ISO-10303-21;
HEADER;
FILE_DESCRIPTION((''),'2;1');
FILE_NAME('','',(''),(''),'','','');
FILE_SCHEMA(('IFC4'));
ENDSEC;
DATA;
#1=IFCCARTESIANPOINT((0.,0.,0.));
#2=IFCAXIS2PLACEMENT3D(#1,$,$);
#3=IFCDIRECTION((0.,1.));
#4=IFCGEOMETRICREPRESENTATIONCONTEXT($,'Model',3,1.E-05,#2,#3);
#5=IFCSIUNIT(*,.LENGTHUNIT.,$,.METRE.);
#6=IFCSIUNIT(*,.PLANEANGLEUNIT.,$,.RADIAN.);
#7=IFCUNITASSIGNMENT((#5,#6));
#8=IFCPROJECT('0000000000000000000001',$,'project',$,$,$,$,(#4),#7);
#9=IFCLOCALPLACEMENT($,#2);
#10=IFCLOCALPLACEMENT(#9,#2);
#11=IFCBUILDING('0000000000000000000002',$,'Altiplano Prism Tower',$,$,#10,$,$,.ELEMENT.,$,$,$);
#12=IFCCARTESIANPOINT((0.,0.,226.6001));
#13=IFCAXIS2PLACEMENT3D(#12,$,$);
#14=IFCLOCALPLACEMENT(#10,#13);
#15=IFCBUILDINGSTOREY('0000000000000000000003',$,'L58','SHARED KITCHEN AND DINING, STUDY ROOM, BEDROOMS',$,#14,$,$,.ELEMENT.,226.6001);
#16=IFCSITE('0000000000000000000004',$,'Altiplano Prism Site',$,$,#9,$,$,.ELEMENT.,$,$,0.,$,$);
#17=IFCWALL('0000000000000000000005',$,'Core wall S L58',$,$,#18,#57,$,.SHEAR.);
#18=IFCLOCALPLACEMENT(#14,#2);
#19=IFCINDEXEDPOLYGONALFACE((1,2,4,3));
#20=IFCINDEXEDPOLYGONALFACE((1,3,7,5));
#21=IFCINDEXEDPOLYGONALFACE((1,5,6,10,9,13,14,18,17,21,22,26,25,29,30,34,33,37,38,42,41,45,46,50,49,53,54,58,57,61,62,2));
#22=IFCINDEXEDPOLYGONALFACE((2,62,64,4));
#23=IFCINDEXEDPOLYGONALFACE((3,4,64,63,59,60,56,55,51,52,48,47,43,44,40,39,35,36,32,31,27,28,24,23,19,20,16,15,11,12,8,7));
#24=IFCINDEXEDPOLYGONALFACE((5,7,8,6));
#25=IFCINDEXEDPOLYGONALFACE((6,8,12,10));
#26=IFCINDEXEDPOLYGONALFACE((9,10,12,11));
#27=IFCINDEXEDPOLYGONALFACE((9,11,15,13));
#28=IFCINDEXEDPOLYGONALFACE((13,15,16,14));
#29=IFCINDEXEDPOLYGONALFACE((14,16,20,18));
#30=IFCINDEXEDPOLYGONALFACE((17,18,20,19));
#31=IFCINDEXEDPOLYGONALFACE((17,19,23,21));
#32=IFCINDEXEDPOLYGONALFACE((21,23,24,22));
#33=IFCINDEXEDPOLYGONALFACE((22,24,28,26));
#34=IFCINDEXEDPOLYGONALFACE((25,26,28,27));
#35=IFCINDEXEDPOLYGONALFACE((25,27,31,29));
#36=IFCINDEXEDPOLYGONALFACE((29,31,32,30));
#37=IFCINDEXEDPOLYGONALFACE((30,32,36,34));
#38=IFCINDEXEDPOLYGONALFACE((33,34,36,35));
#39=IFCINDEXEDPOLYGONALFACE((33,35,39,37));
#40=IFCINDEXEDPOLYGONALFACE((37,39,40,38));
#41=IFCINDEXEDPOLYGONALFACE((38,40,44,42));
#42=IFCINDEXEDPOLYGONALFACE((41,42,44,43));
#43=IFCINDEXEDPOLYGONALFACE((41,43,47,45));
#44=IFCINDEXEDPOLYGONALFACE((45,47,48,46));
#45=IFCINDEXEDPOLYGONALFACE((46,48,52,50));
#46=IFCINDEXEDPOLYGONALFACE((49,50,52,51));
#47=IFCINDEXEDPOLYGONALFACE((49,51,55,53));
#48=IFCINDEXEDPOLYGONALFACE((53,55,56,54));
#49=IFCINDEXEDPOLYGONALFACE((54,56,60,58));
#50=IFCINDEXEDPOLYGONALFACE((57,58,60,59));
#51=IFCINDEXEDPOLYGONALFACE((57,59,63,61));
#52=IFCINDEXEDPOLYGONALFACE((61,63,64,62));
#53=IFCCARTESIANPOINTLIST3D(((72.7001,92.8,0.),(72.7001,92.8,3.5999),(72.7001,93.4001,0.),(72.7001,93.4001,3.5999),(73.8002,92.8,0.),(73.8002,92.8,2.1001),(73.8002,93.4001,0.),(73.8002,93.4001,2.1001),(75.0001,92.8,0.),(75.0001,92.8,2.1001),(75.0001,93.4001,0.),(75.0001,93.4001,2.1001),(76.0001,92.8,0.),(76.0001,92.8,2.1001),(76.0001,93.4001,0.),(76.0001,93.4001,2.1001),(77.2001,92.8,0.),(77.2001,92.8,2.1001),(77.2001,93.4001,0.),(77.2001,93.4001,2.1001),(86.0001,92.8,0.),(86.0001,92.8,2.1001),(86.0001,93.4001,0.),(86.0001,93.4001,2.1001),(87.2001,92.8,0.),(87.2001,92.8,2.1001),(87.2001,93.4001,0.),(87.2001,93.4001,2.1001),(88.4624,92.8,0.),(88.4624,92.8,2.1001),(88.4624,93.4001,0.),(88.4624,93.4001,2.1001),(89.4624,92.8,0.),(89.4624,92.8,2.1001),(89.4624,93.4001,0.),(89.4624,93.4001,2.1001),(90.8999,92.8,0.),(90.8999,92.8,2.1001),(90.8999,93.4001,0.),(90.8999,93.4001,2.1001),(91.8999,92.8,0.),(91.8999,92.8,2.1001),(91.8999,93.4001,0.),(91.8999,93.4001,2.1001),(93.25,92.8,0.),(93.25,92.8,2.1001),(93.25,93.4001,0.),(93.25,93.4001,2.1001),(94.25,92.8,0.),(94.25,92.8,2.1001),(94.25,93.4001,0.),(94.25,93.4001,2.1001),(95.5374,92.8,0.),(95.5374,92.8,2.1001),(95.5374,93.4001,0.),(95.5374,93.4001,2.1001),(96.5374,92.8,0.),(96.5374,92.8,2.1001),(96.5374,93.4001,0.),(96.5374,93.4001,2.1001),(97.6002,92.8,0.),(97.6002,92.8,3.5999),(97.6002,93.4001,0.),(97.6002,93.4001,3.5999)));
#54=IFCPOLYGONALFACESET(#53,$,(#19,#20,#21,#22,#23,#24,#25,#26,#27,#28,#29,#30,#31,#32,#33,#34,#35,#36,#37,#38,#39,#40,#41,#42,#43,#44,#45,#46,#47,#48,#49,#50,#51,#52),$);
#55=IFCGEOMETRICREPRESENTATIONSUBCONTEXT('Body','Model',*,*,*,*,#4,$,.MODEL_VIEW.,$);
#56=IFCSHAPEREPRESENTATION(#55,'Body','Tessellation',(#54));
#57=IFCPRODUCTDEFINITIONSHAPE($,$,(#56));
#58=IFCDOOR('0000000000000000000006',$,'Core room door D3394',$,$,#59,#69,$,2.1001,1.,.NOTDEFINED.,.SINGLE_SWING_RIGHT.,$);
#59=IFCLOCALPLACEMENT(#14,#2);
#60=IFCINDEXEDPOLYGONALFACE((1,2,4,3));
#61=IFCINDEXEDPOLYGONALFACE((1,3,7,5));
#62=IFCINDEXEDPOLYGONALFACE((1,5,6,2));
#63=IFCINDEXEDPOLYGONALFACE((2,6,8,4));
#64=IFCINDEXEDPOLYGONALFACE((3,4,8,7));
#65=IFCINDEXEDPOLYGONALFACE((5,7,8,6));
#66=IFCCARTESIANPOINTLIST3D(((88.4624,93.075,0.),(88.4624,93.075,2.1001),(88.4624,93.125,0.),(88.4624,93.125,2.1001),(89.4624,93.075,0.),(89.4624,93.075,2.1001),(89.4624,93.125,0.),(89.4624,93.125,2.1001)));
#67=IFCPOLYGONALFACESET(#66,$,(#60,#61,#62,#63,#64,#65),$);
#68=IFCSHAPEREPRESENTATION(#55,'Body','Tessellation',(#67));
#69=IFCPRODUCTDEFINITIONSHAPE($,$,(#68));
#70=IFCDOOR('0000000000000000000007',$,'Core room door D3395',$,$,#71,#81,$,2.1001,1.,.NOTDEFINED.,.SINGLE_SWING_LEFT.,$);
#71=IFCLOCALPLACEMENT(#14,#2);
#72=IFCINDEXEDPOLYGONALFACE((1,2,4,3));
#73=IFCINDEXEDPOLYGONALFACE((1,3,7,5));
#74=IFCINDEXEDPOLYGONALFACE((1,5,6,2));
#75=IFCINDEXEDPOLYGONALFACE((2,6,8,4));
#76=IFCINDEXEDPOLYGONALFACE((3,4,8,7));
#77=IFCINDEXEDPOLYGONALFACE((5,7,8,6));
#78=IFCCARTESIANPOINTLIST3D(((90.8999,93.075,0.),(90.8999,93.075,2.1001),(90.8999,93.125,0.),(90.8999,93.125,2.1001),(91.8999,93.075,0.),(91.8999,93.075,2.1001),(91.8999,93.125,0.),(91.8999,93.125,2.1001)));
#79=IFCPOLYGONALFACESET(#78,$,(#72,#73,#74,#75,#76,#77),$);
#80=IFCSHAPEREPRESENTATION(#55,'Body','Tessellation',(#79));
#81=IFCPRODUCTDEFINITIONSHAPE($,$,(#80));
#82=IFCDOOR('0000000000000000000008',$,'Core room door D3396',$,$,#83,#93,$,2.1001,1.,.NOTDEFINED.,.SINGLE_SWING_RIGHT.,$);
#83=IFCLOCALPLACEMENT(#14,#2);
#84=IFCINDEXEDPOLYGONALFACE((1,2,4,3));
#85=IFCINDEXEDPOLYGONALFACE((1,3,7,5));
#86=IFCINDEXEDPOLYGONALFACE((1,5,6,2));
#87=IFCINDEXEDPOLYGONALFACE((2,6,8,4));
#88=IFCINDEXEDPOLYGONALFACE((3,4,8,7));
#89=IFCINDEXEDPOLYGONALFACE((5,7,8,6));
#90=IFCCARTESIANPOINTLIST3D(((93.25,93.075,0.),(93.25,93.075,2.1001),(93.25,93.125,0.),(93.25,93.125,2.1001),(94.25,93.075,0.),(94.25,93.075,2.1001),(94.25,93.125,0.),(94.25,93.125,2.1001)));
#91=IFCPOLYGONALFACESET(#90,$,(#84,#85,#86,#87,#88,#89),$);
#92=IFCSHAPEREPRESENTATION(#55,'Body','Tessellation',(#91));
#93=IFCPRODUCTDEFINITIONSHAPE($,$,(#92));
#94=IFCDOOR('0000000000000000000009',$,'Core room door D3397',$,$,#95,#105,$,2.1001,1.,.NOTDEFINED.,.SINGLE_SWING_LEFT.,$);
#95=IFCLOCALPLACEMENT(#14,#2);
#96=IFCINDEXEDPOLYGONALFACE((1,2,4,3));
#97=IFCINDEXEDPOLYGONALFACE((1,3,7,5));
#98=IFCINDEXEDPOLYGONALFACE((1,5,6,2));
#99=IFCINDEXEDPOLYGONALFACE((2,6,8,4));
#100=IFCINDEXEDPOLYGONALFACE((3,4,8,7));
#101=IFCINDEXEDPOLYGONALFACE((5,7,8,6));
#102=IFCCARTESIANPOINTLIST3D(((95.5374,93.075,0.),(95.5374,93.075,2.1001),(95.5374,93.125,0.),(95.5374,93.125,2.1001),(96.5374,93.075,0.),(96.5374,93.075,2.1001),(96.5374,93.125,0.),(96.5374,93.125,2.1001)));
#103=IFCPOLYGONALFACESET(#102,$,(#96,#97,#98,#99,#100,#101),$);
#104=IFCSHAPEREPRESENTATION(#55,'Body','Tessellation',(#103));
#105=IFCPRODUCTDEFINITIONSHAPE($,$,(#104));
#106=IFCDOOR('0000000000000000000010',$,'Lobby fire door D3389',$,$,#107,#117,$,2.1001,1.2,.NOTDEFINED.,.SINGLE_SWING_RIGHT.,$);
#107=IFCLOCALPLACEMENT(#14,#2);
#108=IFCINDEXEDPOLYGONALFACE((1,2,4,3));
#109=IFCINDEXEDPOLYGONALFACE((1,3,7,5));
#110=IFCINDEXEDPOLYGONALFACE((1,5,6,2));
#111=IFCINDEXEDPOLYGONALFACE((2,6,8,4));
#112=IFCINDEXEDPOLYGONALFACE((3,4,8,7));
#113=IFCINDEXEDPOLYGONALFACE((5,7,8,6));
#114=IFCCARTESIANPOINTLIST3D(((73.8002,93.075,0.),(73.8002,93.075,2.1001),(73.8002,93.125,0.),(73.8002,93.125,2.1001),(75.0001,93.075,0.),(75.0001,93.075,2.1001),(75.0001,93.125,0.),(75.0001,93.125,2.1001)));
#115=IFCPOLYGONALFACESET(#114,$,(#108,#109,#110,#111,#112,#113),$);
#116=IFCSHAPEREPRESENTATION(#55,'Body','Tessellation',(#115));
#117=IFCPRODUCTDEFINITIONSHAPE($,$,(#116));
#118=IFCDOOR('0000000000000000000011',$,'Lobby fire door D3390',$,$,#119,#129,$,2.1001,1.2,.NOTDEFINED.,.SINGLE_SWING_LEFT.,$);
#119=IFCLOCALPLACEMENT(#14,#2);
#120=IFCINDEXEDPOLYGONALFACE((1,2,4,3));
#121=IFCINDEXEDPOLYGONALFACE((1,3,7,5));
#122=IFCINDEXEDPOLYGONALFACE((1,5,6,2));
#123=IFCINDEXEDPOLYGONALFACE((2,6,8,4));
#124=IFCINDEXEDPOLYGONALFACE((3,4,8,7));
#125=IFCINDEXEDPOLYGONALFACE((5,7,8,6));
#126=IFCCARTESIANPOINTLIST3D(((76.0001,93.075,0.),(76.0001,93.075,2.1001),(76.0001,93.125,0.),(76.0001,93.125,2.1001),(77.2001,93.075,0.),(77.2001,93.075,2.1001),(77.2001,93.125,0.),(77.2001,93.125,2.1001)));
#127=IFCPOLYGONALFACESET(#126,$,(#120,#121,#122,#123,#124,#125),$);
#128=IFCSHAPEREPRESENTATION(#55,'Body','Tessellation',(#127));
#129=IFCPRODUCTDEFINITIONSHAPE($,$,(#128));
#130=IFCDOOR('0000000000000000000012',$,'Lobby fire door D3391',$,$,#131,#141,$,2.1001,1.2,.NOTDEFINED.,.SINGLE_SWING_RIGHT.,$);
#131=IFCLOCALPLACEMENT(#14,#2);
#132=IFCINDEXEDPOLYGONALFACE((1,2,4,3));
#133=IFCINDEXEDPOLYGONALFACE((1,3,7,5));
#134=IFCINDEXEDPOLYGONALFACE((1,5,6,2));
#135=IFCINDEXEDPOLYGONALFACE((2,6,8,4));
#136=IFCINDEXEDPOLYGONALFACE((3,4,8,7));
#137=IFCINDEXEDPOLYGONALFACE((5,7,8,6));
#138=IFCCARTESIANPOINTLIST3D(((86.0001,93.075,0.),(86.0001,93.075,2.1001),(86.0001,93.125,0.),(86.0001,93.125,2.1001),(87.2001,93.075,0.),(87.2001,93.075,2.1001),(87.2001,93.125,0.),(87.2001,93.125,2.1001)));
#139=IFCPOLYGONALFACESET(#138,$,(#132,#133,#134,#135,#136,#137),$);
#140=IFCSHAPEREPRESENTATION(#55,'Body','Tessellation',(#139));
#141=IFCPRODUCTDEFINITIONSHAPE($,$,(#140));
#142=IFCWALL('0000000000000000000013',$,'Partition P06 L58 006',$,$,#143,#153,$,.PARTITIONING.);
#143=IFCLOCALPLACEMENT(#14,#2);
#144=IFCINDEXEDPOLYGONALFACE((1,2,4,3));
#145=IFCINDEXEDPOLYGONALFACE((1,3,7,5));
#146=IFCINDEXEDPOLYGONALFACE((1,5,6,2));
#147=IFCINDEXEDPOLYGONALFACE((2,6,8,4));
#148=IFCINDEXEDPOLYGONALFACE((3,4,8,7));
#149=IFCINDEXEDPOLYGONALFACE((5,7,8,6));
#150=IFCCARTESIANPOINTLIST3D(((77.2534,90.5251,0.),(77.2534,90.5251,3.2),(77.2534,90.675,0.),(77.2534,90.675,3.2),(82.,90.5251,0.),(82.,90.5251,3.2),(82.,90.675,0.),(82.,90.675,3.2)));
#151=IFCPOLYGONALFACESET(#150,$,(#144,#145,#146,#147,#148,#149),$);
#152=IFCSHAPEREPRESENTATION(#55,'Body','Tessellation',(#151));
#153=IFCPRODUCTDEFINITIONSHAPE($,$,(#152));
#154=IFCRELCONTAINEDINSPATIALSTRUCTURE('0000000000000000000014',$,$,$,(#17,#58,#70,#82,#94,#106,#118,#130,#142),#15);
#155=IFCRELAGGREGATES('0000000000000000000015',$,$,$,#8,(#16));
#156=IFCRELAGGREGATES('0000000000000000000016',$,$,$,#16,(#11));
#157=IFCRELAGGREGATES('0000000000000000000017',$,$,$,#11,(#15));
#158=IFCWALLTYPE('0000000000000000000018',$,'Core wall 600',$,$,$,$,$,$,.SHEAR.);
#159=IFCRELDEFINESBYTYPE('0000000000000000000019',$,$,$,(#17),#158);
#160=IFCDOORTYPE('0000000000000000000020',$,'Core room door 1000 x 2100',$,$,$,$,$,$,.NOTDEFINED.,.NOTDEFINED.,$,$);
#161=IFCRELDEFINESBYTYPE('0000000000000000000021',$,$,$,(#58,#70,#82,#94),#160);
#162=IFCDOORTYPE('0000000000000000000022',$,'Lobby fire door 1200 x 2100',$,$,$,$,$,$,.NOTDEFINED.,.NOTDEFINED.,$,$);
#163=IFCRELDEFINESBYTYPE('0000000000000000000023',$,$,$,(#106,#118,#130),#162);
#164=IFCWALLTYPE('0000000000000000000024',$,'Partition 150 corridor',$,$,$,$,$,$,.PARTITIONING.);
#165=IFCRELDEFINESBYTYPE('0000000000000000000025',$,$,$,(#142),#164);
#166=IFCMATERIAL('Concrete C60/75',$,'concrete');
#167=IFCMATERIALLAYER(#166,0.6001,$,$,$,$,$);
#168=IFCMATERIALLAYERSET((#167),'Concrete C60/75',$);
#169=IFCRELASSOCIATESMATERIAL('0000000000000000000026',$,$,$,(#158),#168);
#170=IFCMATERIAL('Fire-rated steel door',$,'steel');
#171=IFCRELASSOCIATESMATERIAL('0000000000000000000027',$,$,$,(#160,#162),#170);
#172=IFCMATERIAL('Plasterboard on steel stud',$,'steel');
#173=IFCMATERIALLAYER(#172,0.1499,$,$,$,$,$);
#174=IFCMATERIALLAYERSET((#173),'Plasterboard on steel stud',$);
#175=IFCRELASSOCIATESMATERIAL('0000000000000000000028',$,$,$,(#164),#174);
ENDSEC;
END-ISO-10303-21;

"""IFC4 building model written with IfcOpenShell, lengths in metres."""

from ifc_helpers import new_model, si_unit, direction, frame, frame_2d, origin, place, context, subcontext, project, spatial, rectangle, extrude, material, layer, layer_set, type_object, element, fill, save


model = new_model("IFC4")

# Units and contexts
model_context = context("Model", 3, precision=1e-05, world=origin(), true_north=direction((0.0, 1.0)))
body_context = subcontext(model_context, "Body", "Model", "MODEL_VIEW")
ifc_project = project(units=[si_unit("LENGTHUNIT", "METRE"), si_unit("PLANEANGLEUNIT", "RADIAN")], contexts=[model_context])

# Site, building, storey
site_placement = place(None, origin())
site = spatial("IfcSite", under=ifc_project, at=site_placement, Name="Altiplano Prism Site", CompositionType="ELEMENT", RefElevation=0.0)
building_placement = place(site_placement, origin())
building = spatial("IfcBuilding", under=site, at=building_placement, Name="Altiplano Prism Tower", CompositionType="ELEMENT")
storey_placement = place(building_placement, frame((0.0, 0.0, 226.6001)))
storey = spatial("IfcBuildingStorey", under=building, at=storey_placement, Name="L58", Description="SHARED KITCHEN AND DINING, STUDY ROOM, BEDROOMS", CompositionType="ELEMENT", Elevation=226.6001)

# Wall, openings, doors
ifc_material_1 = material(Name="Concrete C60/75", Category="concrete")
ifc_layer_1 = layer(ifc_material_1, 0.6001)
ifc_layer_set_1 = layer_set([ifc_layer_1], Name="Concrete C60/75")
wall_type_1 = type_object("IfcWallType", Name="Core wall 600", PredefinedType="SHEAR", material=ifc_layer_set_1)
wall_1_placement = place(storey_placement, frame((72.7, 93.1001, 0.0), z_axis=(0.0, 0.0, 1.0), x_axis=(1.0, 0.0, 0.0)))
wall_1 = element("IfcWall", 1, at=wall_1_placement, inside=storey, type_object=wall_type_1, Name="Core wall S L58", PredefinedType="SHEAR", context=body_context, shape_type="SweptSolid", body=[
    extrude(rectangle(XDim=24.9001, YDim=0.6001, at=frame_2d((12.4502, 0.0))), origin(), (0.0, 0.0, 1.0), 3.5999),
])
opening_1_placement = place(wall_1_placement, frame((1.1001, 0.0, 0.0)))
opening_1 = element("IfcOpeningElement", 2, at=opening_1_placement, cuts=wall_1, PredefinedType="OPENING", context=body_context, shape_type="SweptSolid", body=[
    extrude(rectangle(XDim=1.2, YDim=2.1001, at=frame_2d((0.6001, 1.05))), frame((0.0, 0.3105, 0.0), z_axis=(0.0, -1.0, 0.0), x_axis=(1.0, 0.0, 0.0)), (0.0, 0.0, 1.0), 0.6211),
])
opening_2_placement = place(wall_1_placement, frame((3.3, 0.0, 0.0)))
opening_2 = element("IfcOpeningElement", 3, at=opening_2_placement, cuts=wall_1, PredefinedType="OPENING", context=body_context, shape_type="SweptSolid", body=[
    extrude(rectangle(XDim=1.2, YDim=2.1001, at=frame_2d((0.6001, 1.05))), frame((0.0, 0.3105, 0.0), z_axis=(0.0, -1.0, 0.0), x_axis=(1.0, 0.0, 0.0)), (0.0, 0.0, 1.0), 0.6211),
])
opening_3_placement = place(wall_1_placement, frame((13.3, 0.0, 0.0)))
opening_3 = element("IfcOpeningElement", 4, at=opening_3_placement, cuts=wall_1, PredefinedType="OPENING", context=body_context, shape_type="SweptSolid", body=[
    extrude(rectangle(XDim=1.2, YDim=2.1001, at=frame_2d((0.6001, 1.05))), frame((0.0, 0.3105, 0.0), z_axis=(0.0, -1.0, 0.0), x_axis=(1.0, 0.0, 0.0)), (0.0, 0.0, 1.0), 0.6211),
])
opening_4_placement = place(wall_1_placement, frame((15.7625, 0.0, 0.0)))
opening_4 = element("IfcOpeningElement", 5, at=opening_4_placement, cuts=wall_1, PredefinedType="OPENING", context=body_context, shape_type="SweptSolid", body=[
    extrude(rectangle(XDim=1.0, YDim=2.1001, at=frame_2d((0.5, 1.05))), frame((0.0, 0.3105, 0.0), z_axis=(0.0, -1.0, 0.0), x_axis=(1.0, 0.0, 0.0)), (0.0, 0.0, 1.0), 0.6211),
])
opening_5_placement = place(wall_1_placement, frame((18.2, 0.0, 0.0)))
opening_5 = element("IfcOpeningElement", 6, at=opening_5_placement, cuts=wall_1, PredefinedType="OPENING", context=body_context, shape_type="SweptSolid", body=[
    extrude(rectangle(XDim=1.0, YDim=2.1001, at=frame_2d((0.5, 1.05))), frame((0.0, 0.3105, 0.0), z_axis=(0.0, -1.0, 0.0), x_axis=(1.0, 0.0, 0.0)), (0.0, 0.0, 1.0), 0.6211),
])
opening_6_placement = place(wall_1_placement, frame((20.55, 0.0, 0.0)))
opening_6 = element("IfcOpeningElement", 7, at=opening_6_placement, cuts=wall_1, PredefinedType="OPENING", context=body_context, shape_type="SweptSolid", body=[
    extrude(rectangle(XDim=1.0, YDim=2.1001, at=frame_2d((0.5, 1.05))), frame((0.0, 0.3105, 0.0), z_axis=(0.0, -1.0, 0.0), x_axis=(1.0, 0.0, 0.0)), (0.0, 0.0, 1.0), 0.6211),
])
opening_7_placement = place(wall_1_placement, frame((22.8374, 0.0, 0.0)))
opening_7 = element("IfcOpeningElement", 8, at=opening_7_placement, cuts=wall_1, PredefinedType="OPENING", context=body_context, shape_type="SweptSolid", body=[
    extrude(rectangle(XDim=1.0, YDim=2.1001, at=frame_2d((0.5, 1.05))), frame((0.0, 0.3105, 0.0), z_axis=(0.0, -1.0, 0.0), x_axis=(1.0, 0.0, 0.0)), (0.0, 0.0, 1.0), 0.6211),
])
ifc_material_2 = material(Name="Fire-rated steel door", Category="steel")
door_type_1 = type_object("IfcDoorType", Name="Core room door 1000 x 2100", OperationType="NOTDEFINED", PredefinedType="NOTDEFINED", material=ifc_material_2)
door_1_placement = place(opening_4_placement, origin())
door_1 = element("IfcDoor", 9, at=door_1_placement, inside=storey, type_object=door_type_1, Name="Core room door D3394", OperationType="SINGLE_SWING_RIGHT", OverallHeight=2.1001, OverallWidth=1.0, PredefinedType="NOTDEFINED", context=body_context, shape_type="SweptSolid", body=[
    extrude(rectangle(XDim=1.0, YDim=2.1001, at=frame_2d((0.5, 1.05))), frame((0.0, 0.0249, 0.0), z_axis=(0.0, -1.0, 0.0), x_axis=(1.0, 0.0, 0.0)), (0.0, 0.0, 1.0), 0.05),
])
fill(opening_4, door_1)
door_2_placement = place(opening_5_placement, origin())
door_2 = element("IfcDoor", 10, at=door_2_placement, inside=storey, type_object=door_type_1, Name="Core room door D3395", OperationType="SINGLE_SWING_LEFT", OverallHeight=2.1001, OverallWidth=1.0, PredefinedType="NOTDEFINED", context=body_context, shape_type="SweptSolid", body=[
    extrude(rectangle(XDim=1.0, YDim=2.1001, at=frame_2d((0.5, 1.05))), frame((0.0, 0.0249, 0.0), z_axis=(0.0, -1.0, 0.0), x_axis=(1.0, 0.0, 0.0)), (0.0, 0.0, 1.0), 0.05),
])
fill(opening_5, door_2)
door_3_placement = place(opening_6_placement, origin())
door_3 = element("IfcDoor", 11, at=door_3_placement, inside=storey, type_object=door_type_1, Name="Core room door D3396", OperationType="SINGLE_SWING_RIGHT", OverallHeight=2.1001, OverallWidth=1.0, PredefinedType="NOTDEFINED", context=body_context, shape_type="SweptSolid", body=[
    extrude(rectangle(XDim=1.0, YDim=2.1001, at=frame_2d((0.5, 1.05))), frame((0.0, 0.0249, 0.0), z_axis=(0.0, -1.0, 0.0), x_axis=(1.0, 0.0, 0.0)), (0.0, 0.0, 1.0), 0.05),
])
fill(opening_6, door_3)
door_4_placement = place(opening_7_placement, origin())
door_4 = element("IfcDoor", 12, at=door_4_placement, inside=storey, type_object=door_type_1, Name="Core room door D3397", OperationType="SINGLE_SWING_LEFT", OverallHeight=2.1001, OverallWidth=1.0, PredefinedType="NOTDEFINED", context=body_context, shape_type="SweptSolid", body=[
    extrude(rectangle(XDim=1.0, YDim=2.1001, at=frame_2d((0.5, 1.05))), frame((0.0, 0.0249, 0.0), z_axis=(0.0, -1.0, 0.0), x_axis=(1.0, 0.0, 0.0)), (0.0, 0.0, 1.0), 0.05),
])
fill(opening_7, door_4)
door_type_2 = type_object("IfcDoorType", Name="Lobby fire door 1200 x 2100", OperationType="NOTDEFINED", PredefinedType="NOTDEFINED", material=ifc_material_2)
door_5_placement = place(opening_1_placement, origin())
door_5 = element("IfcDoor", 13, at=door_5_placement, inside=storey, type_object=door_type_2, Name="Lobby fire door D3389", OperationType="SINGLE_SWING_RIGHT", OverallHeight=2.1001, OverallWidth=1.2, PredefinedType="NOTDEFINED", context=body_context, shape_type="SweptSolid", body=[
    extrude(rectangle(XDim=1.2, YDim=2.1001, at=frame_2d((0.6001, 1.05))), frame((0.0, 0.0249, 0.0), z_axis=(0.0, -1.0, 0.0), x_axis=(1.0, 0.0, 0.0)), (0.0, 0.0, 1.0), 0.05),
])
fill(opening_1, door_5)
door_6_placement = place(opening_2_placement, origin())
door_6 = element("IfcDoor", 14, at=door_6_placement, inside=storey, type_object=door_type_2, Name="Lobby fire door D3390", OperationType="SINGLE_SWING_LEFT", OverallHeight=2.1001, OverallWidth=1.2, PredefinedType="NOTDEFINED", context=body_context, shape_type="SweptSolid", body=[
    extrude(rectangle(XDim=1.2, YDim=2.1001, at=frame_2d((0.6001, 1.05))), frame((0.0, 0.0249, 0.0), z_axis=(0.0, -1.0, 0.0), x_axis=(1.0, 0.0, 0.0)), (0.0, 0.0, 1.0), 0.05),
])
fill(opening_2, door_6)
door_7_placement = place(opening_3_placement, origin())
door_7 = element("IfcDoor", 15, at=door_7_placement, inside=storey, type_object=door_type_2, Name="Lobby fire door D3391", OperationType="SINGLE_SWING_RIGHT", OverallHeight=2.1001, OverallWidth=1.2, PredefinedType="NOTDEFINED", context=body_context, shape_type="SweptSolid", body=[
    extrude(rectangle(XDim=1.2, YDim=2.1001, at=frame_2d((0.6001, 1.05))), frame((0.0, 0.0249, 0.0), z_axis=(0.0, -1.0, 0.0), x_axis=(1.0, 0.0, 0.0)), (0.0, 0.0, 1.0), 0.05),
])
fill(opening_3, door_7)

# Wall
ifc_material_3 = material(Name="Plasterboard on steel stud", Category="steel")
ifc_layer_2 = layer(ifc_material_3, 0.1499)
ifc_layer_set_2 = layer_set([ifc_layer_2], Name="Plasterboard on steel stud")
wall_type_2 = type_object("IfcWallType", Name="Partition 150 corridor", PredefinedType="PARTITIONING", material=ifc_layer_set_2)
wall_2_placement = place(storey_placement, frame((77.2534, 90.6001, 0.0), z_axis=(0.0, 0.0, 1.0), x_axis=(1.0, 0.0, 0.0)))
element("IfcWall", 16, at=wall_2_placement, inside=storey, type_object=wall_type_2, Name="Partition P06 L58 006", PredefinedType="PARTITIONING", context=body_context, shape_type="SweptSolid", body=[
    extrude(rectangle(XDim=4.7466, YDim=0.1499, at=frame_2d((2.3733, 0.0))), origin(), (0.0, 0.0, 1.0), 3.2),
])

save(model, "model.ifc")
